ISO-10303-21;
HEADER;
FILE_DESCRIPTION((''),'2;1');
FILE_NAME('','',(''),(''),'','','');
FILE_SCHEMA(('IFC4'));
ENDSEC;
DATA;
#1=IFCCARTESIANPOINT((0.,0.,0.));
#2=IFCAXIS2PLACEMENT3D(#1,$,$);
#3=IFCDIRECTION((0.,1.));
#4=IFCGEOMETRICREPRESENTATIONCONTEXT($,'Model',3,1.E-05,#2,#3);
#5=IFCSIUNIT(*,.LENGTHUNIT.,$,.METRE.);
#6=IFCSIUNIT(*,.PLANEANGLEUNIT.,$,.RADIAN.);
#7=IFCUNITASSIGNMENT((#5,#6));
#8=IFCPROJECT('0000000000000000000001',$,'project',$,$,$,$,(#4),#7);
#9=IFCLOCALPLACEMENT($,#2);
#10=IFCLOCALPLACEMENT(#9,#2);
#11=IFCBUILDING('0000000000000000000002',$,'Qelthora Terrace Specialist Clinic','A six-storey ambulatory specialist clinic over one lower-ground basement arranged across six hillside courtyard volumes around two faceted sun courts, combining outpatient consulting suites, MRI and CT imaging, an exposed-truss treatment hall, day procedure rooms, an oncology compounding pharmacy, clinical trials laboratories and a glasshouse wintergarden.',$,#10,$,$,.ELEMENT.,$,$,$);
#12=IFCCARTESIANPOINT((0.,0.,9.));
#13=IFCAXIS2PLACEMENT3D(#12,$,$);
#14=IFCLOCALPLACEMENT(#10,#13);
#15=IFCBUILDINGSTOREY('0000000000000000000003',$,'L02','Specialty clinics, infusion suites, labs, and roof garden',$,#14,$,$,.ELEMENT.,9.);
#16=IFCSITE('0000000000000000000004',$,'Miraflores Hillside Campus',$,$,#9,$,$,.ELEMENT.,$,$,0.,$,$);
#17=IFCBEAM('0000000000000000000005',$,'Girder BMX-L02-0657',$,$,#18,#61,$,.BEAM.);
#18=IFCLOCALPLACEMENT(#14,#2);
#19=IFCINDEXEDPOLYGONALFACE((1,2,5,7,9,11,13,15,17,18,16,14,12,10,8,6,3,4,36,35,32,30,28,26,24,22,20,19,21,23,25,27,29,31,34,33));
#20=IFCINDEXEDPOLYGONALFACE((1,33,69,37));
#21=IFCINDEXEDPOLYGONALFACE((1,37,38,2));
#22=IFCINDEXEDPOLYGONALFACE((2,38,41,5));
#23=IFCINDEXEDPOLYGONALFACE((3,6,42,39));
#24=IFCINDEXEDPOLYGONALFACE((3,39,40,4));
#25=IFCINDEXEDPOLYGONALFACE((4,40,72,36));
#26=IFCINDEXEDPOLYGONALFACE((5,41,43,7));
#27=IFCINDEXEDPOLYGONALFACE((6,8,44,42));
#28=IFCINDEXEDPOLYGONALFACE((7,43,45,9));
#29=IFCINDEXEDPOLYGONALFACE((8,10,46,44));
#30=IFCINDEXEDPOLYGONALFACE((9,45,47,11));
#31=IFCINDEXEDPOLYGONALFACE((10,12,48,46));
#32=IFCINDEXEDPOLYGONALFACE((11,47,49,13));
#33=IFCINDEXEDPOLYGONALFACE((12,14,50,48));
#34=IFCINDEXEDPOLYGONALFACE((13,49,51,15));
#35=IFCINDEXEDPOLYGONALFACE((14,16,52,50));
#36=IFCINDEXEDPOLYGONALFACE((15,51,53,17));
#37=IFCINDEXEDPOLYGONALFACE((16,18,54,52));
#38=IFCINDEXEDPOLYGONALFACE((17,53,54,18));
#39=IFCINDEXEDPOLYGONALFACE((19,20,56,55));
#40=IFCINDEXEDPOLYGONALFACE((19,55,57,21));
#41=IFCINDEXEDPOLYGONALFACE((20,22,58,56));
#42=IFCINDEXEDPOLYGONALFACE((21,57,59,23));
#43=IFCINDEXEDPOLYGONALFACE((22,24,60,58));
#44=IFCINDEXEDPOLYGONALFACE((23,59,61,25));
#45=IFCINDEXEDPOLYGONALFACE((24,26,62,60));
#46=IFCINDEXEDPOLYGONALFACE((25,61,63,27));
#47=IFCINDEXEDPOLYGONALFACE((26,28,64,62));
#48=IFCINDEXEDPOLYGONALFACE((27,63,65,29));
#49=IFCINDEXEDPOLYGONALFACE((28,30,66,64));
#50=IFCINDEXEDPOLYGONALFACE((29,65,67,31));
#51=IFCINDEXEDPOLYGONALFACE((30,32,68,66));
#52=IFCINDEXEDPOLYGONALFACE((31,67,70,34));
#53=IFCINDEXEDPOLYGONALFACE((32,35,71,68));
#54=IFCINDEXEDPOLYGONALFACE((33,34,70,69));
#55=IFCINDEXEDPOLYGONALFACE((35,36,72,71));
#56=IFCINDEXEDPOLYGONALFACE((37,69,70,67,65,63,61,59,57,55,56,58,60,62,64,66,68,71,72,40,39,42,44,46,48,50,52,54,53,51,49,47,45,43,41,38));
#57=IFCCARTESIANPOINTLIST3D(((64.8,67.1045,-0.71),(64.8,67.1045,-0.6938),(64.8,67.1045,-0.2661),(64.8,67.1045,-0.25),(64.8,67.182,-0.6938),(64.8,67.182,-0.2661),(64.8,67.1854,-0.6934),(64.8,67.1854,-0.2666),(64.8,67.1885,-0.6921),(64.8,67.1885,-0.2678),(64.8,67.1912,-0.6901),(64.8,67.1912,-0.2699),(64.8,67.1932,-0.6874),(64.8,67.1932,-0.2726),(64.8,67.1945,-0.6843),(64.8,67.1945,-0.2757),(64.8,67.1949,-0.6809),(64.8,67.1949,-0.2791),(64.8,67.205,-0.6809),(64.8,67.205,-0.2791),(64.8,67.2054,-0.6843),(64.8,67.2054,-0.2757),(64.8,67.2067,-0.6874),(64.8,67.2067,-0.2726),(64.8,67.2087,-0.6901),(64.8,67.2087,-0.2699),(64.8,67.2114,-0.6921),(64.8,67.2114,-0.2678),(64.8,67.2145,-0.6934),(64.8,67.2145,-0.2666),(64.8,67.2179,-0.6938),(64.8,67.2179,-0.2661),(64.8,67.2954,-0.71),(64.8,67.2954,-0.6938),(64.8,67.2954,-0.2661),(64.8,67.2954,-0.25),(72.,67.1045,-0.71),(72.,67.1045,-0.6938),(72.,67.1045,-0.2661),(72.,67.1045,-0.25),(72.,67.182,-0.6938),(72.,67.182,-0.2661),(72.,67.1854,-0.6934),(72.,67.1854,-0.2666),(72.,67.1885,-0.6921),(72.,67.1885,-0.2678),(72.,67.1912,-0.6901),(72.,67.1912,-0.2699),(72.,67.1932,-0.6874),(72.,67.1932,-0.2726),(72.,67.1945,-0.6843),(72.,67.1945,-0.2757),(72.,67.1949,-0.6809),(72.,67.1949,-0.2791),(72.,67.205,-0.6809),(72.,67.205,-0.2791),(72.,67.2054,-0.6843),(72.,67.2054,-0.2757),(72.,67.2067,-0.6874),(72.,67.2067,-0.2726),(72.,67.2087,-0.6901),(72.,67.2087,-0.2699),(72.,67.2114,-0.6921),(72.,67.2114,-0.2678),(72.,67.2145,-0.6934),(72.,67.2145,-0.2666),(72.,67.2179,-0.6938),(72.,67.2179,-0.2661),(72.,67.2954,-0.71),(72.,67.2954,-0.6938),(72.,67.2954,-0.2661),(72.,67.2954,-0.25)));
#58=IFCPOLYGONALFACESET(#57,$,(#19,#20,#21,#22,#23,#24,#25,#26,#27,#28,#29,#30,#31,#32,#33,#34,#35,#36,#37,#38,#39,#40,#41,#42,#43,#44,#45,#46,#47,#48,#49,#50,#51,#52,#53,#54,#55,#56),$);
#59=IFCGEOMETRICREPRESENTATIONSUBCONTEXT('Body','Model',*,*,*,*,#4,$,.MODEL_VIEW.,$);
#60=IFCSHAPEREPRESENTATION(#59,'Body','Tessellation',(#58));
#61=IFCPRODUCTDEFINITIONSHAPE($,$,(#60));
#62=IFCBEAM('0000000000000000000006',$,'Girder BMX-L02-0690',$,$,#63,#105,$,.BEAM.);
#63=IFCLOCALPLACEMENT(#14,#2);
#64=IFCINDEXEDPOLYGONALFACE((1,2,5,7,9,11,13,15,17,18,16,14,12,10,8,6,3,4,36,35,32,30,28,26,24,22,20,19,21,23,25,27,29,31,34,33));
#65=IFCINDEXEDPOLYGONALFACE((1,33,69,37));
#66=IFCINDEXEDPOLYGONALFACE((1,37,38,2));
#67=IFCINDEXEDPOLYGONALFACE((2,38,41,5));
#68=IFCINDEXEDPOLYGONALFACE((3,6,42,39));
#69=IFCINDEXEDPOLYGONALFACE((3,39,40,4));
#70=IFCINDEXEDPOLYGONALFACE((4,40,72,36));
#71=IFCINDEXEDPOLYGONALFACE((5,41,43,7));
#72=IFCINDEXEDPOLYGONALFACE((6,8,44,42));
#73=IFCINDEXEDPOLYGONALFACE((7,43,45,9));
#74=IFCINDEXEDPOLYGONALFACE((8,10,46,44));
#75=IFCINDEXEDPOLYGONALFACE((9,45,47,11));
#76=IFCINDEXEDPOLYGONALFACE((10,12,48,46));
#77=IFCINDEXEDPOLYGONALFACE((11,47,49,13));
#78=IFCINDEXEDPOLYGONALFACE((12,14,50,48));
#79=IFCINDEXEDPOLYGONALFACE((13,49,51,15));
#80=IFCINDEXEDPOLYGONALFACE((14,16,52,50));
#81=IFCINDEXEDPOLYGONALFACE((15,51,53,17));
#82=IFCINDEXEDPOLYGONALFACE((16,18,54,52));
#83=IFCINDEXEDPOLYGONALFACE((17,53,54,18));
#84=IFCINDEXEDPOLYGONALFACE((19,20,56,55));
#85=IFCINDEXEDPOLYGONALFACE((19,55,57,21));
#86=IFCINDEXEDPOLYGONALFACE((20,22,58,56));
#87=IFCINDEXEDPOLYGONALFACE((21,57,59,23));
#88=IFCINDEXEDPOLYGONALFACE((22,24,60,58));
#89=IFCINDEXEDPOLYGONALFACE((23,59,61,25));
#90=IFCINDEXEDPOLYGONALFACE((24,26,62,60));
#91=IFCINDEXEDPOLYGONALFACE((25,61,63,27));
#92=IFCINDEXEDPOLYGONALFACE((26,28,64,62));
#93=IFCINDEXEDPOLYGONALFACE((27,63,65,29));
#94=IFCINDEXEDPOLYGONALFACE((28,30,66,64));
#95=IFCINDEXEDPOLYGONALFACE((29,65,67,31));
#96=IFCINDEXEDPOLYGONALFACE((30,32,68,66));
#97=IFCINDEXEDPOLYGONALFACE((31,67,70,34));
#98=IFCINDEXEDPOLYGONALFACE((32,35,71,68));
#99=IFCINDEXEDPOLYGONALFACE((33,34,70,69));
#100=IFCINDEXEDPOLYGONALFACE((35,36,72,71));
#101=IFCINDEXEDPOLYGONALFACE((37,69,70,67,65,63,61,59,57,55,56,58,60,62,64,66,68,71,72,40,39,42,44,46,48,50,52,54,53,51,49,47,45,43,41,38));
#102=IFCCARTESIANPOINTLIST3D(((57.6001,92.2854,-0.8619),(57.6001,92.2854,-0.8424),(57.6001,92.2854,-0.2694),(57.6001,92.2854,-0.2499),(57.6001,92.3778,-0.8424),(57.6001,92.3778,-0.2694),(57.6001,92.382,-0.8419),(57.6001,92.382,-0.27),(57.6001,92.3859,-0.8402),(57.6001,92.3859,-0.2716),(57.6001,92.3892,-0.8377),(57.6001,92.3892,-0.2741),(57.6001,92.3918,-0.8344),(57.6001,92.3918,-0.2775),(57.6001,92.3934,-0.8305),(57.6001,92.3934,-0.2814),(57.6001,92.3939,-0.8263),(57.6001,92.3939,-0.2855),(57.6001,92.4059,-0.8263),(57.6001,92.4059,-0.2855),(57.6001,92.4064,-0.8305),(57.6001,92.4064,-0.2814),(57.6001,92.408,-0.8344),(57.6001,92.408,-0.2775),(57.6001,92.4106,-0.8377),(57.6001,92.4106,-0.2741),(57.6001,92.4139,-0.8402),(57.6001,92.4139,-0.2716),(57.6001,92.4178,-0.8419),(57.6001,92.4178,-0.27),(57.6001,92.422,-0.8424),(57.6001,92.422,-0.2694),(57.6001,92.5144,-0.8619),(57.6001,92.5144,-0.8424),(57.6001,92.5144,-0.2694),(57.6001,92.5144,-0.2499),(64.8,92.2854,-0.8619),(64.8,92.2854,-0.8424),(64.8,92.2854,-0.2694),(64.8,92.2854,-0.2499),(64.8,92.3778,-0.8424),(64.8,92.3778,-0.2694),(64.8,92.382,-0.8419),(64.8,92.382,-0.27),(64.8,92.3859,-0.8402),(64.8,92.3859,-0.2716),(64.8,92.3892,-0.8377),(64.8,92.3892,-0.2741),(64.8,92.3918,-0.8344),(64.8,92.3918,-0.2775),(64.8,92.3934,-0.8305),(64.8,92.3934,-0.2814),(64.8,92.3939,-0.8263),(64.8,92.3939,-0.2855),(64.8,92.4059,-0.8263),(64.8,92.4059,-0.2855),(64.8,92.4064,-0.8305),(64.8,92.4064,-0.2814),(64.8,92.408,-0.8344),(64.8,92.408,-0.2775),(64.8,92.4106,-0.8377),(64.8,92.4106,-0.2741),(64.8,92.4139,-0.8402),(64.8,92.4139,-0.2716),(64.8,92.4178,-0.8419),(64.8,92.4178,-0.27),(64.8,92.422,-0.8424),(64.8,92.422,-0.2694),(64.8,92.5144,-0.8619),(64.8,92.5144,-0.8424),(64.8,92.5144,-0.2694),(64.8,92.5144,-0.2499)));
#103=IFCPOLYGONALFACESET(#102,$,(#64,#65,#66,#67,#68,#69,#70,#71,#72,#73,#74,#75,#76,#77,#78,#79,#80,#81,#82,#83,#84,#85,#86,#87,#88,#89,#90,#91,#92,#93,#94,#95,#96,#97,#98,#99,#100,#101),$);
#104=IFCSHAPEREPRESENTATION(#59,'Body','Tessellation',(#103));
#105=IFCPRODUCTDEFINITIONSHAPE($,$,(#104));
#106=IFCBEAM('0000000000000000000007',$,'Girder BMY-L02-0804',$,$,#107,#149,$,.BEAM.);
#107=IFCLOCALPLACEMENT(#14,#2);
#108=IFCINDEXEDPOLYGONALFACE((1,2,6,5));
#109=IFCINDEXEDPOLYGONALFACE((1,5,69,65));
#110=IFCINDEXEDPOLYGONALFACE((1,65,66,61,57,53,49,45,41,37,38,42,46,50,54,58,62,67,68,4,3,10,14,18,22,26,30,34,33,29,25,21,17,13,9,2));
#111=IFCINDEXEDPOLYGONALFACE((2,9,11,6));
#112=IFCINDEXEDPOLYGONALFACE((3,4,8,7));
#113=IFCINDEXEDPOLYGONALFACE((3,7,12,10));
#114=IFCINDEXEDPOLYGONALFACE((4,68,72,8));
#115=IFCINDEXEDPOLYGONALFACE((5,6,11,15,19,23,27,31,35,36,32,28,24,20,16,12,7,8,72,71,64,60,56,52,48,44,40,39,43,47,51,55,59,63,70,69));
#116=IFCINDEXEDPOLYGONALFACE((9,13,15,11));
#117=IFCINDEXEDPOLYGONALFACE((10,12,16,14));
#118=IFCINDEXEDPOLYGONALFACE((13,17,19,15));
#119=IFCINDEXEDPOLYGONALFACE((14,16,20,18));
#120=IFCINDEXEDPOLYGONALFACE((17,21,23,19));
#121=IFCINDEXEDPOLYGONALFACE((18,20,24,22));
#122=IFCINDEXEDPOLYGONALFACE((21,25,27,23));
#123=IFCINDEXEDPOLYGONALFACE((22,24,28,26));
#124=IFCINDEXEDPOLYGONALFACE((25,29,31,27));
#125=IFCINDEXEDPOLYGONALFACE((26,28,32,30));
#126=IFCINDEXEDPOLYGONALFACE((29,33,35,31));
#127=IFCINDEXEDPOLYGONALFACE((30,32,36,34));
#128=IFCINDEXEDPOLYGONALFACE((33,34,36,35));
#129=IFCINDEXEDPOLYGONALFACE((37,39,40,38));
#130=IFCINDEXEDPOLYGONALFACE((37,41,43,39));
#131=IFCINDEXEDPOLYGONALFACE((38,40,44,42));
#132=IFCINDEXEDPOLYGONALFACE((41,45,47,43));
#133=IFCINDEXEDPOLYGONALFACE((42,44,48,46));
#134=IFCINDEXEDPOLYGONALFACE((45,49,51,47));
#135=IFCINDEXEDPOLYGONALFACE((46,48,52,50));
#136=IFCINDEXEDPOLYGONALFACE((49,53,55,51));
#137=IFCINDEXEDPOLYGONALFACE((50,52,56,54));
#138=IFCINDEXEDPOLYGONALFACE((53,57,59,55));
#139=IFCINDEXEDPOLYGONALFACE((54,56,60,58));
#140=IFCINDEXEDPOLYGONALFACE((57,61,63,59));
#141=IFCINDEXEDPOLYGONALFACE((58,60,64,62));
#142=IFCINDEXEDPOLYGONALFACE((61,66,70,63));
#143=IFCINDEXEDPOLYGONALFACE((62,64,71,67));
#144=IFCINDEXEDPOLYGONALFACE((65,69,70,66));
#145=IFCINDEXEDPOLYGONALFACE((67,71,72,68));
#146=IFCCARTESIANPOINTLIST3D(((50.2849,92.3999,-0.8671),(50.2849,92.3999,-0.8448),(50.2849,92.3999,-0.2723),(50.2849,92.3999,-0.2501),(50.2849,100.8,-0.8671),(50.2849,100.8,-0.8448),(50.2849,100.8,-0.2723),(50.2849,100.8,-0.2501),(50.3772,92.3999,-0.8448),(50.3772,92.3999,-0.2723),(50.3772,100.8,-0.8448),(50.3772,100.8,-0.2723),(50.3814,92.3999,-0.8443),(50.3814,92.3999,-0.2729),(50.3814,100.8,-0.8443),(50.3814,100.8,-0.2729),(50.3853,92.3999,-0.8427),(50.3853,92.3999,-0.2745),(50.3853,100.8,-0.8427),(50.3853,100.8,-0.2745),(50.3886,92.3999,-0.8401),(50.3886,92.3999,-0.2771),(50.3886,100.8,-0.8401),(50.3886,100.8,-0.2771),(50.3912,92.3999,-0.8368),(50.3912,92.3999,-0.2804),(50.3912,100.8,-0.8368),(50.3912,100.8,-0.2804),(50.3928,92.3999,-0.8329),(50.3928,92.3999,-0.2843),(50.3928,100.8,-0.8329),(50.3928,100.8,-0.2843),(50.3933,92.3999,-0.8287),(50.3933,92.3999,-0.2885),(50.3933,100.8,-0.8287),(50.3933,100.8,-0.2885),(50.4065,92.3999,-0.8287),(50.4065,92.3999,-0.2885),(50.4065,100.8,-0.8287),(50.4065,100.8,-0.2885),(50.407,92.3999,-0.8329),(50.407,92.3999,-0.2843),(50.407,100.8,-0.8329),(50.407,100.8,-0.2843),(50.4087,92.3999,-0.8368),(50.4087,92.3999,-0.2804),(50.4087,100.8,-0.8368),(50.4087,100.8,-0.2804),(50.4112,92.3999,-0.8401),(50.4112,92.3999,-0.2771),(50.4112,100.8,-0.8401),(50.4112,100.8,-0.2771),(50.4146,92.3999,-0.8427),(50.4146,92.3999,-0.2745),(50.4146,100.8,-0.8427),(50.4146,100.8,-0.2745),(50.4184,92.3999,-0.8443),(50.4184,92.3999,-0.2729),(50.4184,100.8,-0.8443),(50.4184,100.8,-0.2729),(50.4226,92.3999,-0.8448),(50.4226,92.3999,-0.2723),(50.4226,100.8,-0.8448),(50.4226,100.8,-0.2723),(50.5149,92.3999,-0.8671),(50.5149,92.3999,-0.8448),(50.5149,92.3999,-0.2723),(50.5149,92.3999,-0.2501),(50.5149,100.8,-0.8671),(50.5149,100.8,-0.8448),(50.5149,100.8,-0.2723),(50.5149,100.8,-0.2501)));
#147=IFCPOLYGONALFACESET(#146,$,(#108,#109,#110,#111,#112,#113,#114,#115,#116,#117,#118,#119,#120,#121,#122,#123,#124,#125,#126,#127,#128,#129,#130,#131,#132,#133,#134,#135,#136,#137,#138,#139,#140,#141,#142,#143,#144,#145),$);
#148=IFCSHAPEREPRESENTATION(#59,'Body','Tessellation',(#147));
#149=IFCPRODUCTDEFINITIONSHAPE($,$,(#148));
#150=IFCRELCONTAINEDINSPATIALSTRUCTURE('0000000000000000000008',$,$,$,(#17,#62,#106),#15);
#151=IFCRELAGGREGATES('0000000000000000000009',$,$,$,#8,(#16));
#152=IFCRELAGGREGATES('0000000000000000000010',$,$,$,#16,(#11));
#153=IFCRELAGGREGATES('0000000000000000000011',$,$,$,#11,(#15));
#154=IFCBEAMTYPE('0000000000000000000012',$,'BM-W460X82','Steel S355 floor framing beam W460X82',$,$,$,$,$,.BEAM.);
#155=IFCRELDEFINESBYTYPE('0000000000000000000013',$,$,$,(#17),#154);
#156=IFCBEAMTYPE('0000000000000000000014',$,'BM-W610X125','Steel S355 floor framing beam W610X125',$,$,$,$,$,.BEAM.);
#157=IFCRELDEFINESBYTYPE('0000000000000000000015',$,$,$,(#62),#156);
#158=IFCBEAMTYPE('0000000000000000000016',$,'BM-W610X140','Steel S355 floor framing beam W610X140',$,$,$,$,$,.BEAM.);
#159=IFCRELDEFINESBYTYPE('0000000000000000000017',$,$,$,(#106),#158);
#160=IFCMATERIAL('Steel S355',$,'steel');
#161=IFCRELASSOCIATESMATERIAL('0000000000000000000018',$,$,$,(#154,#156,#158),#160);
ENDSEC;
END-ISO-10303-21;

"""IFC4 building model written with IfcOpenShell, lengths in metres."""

from ifc_helpers import new_model, si_unit, direction, frame, origin, origin_2d, place, context, subcontext, project, spatial, i_section, extrude, material, material_profile, profile_set, type_object, element, save


model = new_model("IFC4")

# Units and contexts
model_context = context("Model", 3, precision=1e-05, world=origin(), true_north=direction((0.0, 1.0)))
body_context = subcontext(model_context, "Body", "Model", "MODEL_VIEW")
ifc_project = project(units=[si_unit("LENGTHUNIT", "METRE"), si_unit("PLANEANGLEUNIT", "RADIAN")], contexts=[model_context])

# Site, building, storey
site_placement = place(None, origin())
site = spatial("IfcSite", under=ifc_project, at=site_placement, Name="Miraflores Hillside Campus", CompositionType="ELEMENT", RefElevation=0.0)
building_placement = place(site_placement, origin())
building = spatial("IfcBuilding", under=site, at=building_placement, Name="Qelthora Terrace Specialist Clinic", Description="A six-storey ambulatory specialist clinic over one lower-ground basement arranged across six hillside courtyard volumes around two faceted sun courts, combining outpatient consulting suites, MRI and CT imaging, an exposed-truss treatment hall, day procedure rooms, an oncology compounding pharmacy, clinical trials laboratories and a glasshouse wintergarden.", CompositionType="ELEMENT")
storey_placement = place(building_placement, frame((0.0, 0.0, 9.0)))
storey = spatial("IfcBuildingStorey", under=building, at=storey_placement, Name="L02", Description="Specialty clinics, infusion suites, labs, and roof garden", CompositionType="ELEMENT", Elevation=9.0)

# Shared definitions
ifc_material_1 = material(Name="Steel S355", Category="steel")

# Beams
ifc_material_profile_1 = material_profile(ifc_material_1, i_section(OverallWidth=0.1909, OverallDepth=0.46, WebThickness=0.01, FlangeThickness=0.0161, FilletRadius=0.0129, at=origin_2d()), Name="W460X82")
ifc_profile_set_1 = profile_set([ifc_material_profile_1], Name="Steel S355")
beam_type_1 = type_object("IfcBeamType", Name="BM-W460X82", Description="Steel S355 floor framing beam W460X82", PredefinedType="BEAM", material=ifc_profile_set_1)
beam_1_placement = place(storey_placement, frame((64.8, 67.2, -0.48), z_axis=(1.0, 0.0, 0.0), x_axis=(0.0, 1.0, 0.0)))
element("IfcBeam", 1, at=beam_1_placement, inside=storey, type_object=beam_type_1, Name="Girder BMX-L02-0657", PredefinedType="BEAM", context=body_context, shape_type="SweptSolid", body=[
    extrude(i_section(OverallWidth=0.1909, OverallDepth=0.46, WebThickness=0.01, FlangeThickness=0.0161, FilletRadius=0.0129, at=origin_2d()), origin(), (0.0, 0.0, 1.0), 7.2),
])
ifc_material_profile_2 = material_profile(ifc_material_1, i_section(OverallWidth=0.229, OverallDepth=0.6121, WebThickness=0.012, FlangeThickness=0.0195, FilletRadius=0.0161, at=origin_2d()), Name="W610X125")
ifc_profile_set_2 = profile_set([ifc_material_profile_2], Name="Steel S355")
beam_type_2 = type_object("IfcBeamType", Name="BM-W610X125", Description="Steel S355 floor framing beam W610X125", PredefinedType="BEAM", material=ifc_profile_set_2)
beam_2_placement = place(storey_placement, frame((57.6001, 92.3999, -0.5559), z_axis=(1.0, 0.0, 0.0), x_axis=(0.0, 1.0, 0.0)))
element("IfcBeam", 2, at=beam_2_placement, inside=storey, type_object=beam_type_2, Name="Girder BMX-L02-0690", PredefinedType="BEAM", context=body_context, shape_type="SweptSolid", body=[
    extrude(i_section(OverallWidth=0.229, OverallDepth=0.6121, WebThickness=0.012, FlangeThickness=0.0195, FilletRadius=0.0161, at=origin_2d()), origin(), (0.0, 0.0, 1.0), 7.2),
])
ifc_material_profile_3 = material_profile(ifc_material_1, i_section(OverallWidth=0.23, OverallDepth=0.6169, WebThickness=0.0132, FlangeThickness=0.0222, FilletRadius=0.0161, at=origin_2d()), Name="W610X140")
ifc_profile_set_3 = profile_set([ifc_material_profile_3], Name="Steel S355")
beam_type_3 = type_object("IfcBeamType", Name="BM-W610X140", Description="Steel S355 floor framing beam W610X140", PredefinedType="BEAM", material=ifc_profile_set_3)
beam_3_placement = place(storey_placement, frame((50.3999, 92.3999, -0.5586), z_axis=(0.0, 1.0, 0.0), x_axis=(-1.0, 0.0, 0.0)))
element("IfcBeam", 3, at=beam_3_placement, inside=storey, type_object=beam_type_3, Name="Girder BMY-L02-0804", PredefinedType="BEAM", context=body_context, shape_type="SweptSolid", body=[
    extrude(i_section(OverallWidth=0.23, OverallDepth=0.6169, WebThickness=0.0132, FlangeThickness=0.0222, FilletRadius=0.0161, at=origin_2d()), origin(), (0.0, 0.0, 1.0), 8.4001),
])

save(model, "model.ifc")
